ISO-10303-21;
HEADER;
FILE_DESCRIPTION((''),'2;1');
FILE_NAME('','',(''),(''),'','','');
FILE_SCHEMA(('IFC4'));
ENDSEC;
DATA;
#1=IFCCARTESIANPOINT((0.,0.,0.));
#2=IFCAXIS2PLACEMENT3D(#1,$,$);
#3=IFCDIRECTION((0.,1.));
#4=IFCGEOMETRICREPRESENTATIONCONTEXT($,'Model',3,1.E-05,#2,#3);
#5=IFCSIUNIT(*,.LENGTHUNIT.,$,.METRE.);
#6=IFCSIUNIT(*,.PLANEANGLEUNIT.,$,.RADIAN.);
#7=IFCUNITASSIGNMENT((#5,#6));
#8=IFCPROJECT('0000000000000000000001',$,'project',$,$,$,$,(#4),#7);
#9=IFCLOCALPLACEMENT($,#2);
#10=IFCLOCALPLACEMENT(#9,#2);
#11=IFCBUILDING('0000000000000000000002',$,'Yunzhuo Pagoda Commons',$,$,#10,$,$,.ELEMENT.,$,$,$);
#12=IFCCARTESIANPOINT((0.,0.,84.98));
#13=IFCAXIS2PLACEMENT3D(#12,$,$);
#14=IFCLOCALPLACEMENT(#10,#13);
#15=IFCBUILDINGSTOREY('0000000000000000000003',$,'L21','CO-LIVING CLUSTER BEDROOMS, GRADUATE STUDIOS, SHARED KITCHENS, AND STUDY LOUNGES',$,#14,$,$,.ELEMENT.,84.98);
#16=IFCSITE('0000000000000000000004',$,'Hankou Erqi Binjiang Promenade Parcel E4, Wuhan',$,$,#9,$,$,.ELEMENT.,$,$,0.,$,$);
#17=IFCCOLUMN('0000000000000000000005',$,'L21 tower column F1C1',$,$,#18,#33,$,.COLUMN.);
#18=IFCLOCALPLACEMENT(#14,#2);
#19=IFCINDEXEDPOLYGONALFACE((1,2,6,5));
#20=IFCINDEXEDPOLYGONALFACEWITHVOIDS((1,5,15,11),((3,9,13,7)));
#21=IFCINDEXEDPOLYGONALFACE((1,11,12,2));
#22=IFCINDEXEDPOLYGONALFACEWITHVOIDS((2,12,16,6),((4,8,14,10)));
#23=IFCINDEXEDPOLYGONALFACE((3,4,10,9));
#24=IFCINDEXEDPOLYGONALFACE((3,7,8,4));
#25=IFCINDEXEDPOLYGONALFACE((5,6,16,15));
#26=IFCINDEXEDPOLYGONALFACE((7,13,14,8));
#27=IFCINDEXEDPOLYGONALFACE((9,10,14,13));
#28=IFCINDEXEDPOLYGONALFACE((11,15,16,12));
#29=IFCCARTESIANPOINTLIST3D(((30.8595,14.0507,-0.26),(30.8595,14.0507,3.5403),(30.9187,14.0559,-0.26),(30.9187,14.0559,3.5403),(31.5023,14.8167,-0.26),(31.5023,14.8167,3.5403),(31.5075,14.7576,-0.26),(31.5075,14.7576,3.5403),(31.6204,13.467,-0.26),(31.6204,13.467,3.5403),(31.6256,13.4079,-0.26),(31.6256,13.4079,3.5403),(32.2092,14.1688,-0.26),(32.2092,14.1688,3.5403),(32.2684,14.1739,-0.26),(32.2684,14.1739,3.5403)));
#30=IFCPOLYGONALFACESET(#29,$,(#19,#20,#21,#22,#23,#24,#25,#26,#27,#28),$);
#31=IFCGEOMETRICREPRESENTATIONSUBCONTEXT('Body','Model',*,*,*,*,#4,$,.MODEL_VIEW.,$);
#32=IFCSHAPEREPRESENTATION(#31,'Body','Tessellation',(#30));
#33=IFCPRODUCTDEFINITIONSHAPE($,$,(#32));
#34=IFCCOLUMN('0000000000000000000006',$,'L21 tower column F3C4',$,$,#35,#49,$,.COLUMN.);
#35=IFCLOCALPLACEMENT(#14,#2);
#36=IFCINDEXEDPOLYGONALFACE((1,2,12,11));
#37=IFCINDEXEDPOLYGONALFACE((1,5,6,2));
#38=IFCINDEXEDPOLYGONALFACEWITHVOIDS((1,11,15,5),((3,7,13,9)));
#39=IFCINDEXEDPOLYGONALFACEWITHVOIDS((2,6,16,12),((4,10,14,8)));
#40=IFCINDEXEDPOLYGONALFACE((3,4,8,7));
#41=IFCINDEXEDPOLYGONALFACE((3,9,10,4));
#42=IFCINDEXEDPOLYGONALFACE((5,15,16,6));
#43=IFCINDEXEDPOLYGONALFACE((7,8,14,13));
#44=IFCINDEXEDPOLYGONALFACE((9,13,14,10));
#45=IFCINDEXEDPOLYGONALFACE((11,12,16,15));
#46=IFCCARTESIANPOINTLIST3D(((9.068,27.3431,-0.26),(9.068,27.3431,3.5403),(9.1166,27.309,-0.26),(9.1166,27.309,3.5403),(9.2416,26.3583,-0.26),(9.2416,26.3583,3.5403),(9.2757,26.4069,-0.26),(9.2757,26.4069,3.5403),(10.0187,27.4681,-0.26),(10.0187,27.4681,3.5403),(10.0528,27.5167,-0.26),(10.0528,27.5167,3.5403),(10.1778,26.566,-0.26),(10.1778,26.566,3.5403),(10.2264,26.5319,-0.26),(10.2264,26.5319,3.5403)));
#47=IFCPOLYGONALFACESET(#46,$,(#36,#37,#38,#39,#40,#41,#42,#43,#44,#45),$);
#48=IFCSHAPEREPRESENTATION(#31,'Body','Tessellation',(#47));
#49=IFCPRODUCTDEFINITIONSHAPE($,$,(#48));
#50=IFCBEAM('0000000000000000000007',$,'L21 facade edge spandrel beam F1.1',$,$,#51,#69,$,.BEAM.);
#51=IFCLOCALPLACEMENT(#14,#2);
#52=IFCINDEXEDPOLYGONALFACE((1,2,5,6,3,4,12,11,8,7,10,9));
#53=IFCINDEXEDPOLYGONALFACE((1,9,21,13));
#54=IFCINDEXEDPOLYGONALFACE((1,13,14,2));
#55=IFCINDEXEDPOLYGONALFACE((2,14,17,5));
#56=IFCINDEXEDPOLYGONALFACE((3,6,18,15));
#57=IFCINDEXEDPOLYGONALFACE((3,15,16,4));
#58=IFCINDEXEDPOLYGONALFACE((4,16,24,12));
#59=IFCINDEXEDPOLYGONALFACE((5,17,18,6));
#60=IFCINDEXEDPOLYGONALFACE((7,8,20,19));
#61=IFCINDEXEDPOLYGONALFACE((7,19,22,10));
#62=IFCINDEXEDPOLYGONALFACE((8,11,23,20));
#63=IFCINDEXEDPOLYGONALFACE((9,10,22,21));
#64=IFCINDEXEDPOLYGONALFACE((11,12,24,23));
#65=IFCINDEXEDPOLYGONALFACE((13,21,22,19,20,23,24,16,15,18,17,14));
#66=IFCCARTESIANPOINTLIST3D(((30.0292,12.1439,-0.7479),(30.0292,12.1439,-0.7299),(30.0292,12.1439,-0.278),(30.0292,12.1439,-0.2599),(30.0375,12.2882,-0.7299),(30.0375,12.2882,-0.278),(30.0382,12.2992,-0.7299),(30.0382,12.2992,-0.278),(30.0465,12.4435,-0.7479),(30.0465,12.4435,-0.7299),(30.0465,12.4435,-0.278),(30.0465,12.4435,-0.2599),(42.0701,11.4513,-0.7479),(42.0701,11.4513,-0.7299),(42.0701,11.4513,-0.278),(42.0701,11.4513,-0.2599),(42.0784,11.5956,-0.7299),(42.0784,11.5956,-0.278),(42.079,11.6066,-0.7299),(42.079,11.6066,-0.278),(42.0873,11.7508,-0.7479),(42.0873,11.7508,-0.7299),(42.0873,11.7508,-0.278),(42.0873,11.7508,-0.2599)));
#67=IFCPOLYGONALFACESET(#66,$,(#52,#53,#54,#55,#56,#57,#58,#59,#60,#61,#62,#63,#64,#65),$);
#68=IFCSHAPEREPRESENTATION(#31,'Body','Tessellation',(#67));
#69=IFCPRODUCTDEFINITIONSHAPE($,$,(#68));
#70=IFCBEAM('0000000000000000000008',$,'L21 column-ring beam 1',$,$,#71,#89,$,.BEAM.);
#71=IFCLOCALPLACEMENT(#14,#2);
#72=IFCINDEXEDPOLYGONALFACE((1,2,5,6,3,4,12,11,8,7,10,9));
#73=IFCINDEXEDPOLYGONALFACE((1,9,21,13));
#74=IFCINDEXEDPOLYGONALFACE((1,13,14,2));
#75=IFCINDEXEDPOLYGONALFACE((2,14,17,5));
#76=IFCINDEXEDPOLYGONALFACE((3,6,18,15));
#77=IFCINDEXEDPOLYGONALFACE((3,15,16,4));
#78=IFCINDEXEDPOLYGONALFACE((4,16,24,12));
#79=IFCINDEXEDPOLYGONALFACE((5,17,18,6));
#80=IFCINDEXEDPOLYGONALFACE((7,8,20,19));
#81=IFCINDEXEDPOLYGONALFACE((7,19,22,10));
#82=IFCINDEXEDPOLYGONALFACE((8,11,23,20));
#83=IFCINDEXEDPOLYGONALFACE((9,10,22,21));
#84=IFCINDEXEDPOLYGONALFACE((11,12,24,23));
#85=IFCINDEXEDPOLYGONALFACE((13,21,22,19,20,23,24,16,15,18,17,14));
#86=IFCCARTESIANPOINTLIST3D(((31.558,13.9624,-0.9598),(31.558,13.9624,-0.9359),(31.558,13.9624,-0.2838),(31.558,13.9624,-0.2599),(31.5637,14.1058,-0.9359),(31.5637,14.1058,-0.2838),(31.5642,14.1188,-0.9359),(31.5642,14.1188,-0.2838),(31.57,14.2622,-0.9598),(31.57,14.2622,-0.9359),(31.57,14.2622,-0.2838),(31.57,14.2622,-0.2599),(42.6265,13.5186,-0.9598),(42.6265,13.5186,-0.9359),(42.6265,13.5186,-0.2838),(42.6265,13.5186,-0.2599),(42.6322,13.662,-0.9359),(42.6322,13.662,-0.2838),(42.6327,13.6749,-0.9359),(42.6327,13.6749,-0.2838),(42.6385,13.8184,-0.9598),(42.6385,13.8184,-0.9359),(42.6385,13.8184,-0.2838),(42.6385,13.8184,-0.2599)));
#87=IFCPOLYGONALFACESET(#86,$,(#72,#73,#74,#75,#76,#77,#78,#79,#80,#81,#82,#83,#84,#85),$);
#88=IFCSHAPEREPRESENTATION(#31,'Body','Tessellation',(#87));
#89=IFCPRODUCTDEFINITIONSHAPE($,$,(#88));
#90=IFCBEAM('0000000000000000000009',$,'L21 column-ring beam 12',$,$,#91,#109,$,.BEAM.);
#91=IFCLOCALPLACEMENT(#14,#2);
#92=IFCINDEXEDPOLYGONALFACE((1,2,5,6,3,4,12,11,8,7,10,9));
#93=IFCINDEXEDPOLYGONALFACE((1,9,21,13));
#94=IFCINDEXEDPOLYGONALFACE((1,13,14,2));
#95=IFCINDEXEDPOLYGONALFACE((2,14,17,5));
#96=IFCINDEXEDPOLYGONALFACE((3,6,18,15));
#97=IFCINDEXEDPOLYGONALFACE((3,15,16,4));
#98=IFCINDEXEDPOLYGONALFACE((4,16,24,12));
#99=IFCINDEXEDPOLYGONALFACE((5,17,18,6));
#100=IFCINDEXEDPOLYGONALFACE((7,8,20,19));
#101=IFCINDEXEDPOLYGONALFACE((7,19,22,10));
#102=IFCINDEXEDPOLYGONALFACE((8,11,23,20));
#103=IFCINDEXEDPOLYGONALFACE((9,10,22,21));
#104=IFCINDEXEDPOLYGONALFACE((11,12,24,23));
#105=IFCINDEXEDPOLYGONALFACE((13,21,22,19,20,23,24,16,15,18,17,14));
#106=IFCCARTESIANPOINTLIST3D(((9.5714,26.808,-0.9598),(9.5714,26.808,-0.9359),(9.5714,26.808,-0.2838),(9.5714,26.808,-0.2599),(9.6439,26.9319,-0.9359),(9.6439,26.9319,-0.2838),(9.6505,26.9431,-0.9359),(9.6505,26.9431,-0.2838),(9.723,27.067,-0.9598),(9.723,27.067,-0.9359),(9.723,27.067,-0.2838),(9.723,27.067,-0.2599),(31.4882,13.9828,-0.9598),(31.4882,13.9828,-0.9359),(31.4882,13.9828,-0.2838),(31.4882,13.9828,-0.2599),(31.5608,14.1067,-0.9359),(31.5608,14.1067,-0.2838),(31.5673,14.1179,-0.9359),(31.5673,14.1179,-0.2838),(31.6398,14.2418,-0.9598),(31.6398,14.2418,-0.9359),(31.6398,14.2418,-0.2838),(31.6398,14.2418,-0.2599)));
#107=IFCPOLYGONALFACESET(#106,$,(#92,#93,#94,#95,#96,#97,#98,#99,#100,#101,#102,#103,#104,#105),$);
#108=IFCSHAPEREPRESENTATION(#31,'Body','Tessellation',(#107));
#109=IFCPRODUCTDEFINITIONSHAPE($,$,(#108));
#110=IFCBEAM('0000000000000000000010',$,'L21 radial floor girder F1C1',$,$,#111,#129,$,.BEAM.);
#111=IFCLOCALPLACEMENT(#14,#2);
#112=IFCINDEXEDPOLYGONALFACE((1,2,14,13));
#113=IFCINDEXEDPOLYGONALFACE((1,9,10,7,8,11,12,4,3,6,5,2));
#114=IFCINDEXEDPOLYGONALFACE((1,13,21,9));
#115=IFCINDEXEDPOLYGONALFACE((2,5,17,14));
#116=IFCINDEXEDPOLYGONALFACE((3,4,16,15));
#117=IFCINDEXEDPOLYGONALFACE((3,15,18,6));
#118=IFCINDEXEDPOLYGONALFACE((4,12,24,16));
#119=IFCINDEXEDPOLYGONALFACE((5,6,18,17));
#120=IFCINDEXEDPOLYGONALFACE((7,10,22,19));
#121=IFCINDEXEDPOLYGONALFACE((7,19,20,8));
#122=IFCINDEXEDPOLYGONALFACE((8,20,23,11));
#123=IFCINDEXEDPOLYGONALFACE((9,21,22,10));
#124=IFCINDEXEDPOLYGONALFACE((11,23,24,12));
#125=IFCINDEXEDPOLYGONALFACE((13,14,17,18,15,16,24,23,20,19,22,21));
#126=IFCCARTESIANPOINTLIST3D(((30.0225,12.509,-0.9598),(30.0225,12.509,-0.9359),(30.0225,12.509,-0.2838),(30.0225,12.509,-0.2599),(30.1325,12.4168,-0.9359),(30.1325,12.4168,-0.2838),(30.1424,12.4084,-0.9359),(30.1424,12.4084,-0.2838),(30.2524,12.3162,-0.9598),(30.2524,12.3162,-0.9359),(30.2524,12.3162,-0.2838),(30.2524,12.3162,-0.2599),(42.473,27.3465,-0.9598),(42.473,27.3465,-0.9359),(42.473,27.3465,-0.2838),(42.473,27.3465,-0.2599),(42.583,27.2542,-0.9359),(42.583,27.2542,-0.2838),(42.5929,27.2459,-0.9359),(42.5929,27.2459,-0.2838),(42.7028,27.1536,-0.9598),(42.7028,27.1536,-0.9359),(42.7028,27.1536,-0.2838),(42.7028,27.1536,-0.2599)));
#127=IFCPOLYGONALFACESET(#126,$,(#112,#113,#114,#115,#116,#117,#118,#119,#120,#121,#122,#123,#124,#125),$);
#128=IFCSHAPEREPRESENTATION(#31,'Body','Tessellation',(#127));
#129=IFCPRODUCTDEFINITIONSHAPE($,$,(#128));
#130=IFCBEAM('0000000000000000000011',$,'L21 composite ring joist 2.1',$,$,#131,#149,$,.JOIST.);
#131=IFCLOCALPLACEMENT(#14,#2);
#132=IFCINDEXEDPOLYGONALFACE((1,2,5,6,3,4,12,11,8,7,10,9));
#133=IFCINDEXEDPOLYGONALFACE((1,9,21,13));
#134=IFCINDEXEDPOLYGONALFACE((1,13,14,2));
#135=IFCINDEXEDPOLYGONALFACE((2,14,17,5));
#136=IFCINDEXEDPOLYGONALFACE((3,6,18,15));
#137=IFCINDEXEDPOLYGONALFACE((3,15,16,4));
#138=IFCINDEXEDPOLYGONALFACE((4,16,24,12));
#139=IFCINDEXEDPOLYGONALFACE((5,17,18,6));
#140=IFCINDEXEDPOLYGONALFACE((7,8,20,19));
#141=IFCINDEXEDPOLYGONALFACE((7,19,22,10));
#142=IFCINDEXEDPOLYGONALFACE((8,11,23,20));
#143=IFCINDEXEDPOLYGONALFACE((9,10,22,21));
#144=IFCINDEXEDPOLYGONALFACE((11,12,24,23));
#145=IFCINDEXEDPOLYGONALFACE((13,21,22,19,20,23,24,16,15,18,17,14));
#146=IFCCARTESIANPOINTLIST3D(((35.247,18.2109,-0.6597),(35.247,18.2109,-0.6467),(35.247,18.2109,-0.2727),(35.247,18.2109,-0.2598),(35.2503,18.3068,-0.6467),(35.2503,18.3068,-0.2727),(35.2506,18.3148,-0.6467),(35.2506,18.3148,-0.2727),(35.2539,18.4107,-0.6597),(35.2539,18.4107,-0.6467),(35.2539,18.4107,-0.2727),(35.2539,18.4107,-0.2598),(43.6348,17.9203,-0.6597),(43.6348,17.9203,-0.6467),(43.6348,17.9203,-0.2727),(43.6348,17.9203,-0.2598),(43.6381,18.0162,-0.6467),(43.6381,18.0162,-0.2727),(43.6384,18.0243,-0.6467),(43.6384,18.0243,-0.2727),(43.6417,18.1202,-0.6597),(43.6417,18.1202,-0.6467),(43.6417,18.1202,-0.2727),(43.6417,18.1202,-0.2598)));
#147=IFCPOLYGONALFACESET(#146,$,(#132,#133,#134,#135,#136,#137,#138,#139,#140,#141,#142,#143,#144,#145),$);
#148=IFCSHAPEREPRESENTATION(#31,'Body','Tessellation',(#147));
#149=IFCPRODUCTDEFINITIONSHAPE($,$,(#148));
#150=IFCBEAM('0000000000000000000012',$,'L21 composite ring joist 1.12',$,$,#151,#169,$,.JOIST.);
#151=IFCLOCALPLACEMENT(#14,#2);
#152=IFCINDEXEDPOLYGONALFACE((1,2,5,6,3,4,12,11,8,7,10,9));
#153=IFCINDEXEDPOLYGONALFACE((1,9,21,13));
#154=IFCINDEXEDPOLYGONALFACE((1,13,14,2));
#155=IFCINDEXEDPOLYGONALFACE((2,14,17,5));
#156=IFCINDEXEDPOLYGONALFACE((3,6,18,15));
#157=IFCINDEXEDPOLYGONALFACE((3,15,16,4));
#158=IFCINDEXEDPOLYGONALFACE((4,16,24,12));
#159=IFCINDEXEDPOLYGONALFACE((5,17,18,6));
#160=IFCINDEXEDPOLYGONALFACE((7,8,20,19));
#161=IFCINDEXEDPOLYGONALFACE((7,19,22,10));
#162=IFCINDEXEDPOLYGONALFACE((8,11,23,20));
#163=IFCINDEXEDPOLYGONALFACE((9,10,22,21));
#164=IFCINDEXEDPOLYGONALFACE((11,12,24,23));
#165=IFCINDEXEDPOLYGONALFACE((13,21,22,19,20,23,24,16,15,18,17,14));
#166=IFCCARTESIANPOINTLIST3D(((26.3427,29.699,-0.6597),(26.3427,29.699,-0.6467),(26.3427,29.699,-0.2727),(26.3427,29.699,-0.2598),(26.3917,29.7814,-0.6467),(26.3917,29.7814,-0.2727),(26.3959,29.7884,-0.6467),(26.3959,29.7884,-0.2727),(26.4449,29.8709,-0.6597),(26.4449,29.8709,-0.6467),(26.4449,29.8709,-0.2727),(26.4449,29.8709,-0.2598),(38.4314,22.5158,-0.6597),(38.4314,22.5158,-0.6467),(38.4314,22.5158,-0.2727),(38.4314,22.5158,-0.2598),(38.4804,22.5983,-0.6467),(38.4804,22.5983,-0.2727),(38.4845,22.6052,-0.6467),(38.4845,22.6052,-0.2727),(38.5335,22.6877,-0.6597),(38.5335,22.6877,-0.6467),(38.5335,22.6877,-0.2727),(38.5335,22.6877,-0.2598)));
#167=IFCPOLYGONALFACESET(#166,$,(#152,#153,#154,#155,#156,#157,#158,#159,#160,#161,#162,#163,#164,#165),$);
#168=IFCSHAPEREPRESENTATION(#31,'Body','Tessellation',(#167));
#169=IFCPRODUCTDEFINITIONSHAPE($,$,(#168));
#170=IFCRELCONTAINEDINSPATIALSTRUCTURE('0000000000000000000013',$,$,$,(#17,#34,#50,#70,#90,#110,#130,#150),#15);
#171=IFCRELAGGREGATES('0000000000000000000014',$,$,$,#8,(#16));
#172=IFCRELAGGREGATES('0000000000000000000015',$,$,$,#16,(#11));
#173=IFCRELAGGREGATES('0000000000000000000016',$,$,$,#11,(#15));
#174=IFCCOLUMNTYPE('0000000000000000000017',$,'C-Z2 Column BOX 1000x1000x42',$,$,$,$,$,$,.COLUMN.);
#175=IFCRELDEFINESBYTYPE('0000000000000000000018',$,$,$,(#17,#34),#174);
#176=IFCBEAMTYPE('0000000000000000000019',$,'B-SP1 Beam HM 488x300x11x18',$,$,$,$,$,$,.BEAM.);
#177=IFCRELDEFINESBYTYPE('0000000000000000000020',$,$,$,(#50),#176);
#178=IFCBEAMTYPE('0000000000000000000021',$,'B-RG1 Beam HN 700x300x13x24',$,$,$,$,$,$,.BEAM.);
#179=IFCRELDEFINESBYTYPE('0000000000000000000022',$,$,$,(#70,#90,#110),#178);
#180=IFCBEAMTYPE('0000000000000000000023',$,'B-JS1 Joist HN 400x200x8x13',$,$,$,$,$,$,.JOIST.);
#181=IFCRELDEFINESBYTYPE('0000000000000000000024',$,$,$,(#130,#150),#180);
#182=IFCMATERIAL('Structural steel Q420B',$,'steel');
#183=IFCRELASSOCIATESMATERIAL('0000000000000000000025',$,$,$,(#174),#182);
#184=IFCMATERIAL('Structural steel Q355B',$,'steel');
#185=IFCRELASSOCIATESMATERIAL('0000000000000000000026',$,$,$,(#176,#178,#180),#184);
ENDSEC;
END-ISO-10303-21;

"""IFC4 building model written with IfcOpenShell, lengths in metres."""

from ifc_helpers import new_model, si_unit, direction, frame, origin, origin_2d, place, context, subcontext, project, spatial, hollow_rectangle, i_section, extrude, source, transform, mapped, material, material_profile, profile_set, type_object, element, save


model = new_model("IFC4")

# Units and contexts
model_context = context("Model", 3, precision=1e-05, world=origin(), true_north=direction((0.0, 1.0)))
body_context = subcontext(model_context, "Body", "Model", "MODEL_VIEW")
ifc_project = project(units=[si_unit("LENGTHUNIT", "METRE"), si_unit("PLANEANGLEUNIT", "RADIAN")], contexts=[model_context])

# Site, building, storey
site_placement = place(None, origin())
site = spatial("IfcSite", under=ifc_project, at=site_placement, Name="Hankou Erqi Binjiang Promenade Parcel E4, Wuhan", CompositionType="ELEMENT", RefElevation=0.0)
building_placement = place(site_placement, origin())
building = spatial("IfcBuilding", under=site, at=building_placement, Name="Yunzhuo Pagoda Commons", CompositionType="ELEMENT")
storey_placement = place(building_placement, frame((0.0, 0.0, 84.98)))
storey = spatial("IfcBuildingStorey", under=building, at=storey_placement, Name="L21", Description="CO-LIVING CLUSTER BEDROOMS, GRADUATE STUDIOS, SHARED KITCHENS, AND STUDY LOUNGES", CompositionType="ELEMENT", Elevation=84.98)

# Columns
ifc_material_1 = material(Name="Structural steel Q420B", Category="steel")
ifc_material_profile_1 = material_profile(ifc_material_1, hollow_rectangle(XDim=1.0, YDim=1.0, WallThickness=0.042, at=origin_2d()), Name="Structural steel Q420B")
ifc_profile_set_1 = profile_set([ifc_material_profile_1], Name="Structural steel Q420B")
column_type = type_object("IfcColumnType", Name="C-Z2 Column BOX 1000x1000x42", PredefinedType="COLUMN", material=ifc_profile_set_1)
shared_shape_1 = source(origin(), body_context, "Body", "SweptSolid", [
    extrude(hollow_rectangle(XDim=1.0, YDim=1.0, WallThickness=0.042, at=origin_2d()), origin(), (0.0, 0.0, 1.0), 3.8003),
])
for number, where, z_axis, x_axis, name in (
    (1, (31.564, 14.1123, -0.26), (0.0, 0.0, 1.0), (0.766044, -0.642788, 0.0), "L21 tower column F1C1"),
    (2, (9.6472, 26.9375, -0.26), (0.0, 0.0, 1.0), (0.173648, -0.984808, 0.0), "L21 tower column F3C4"),
):
    element("IfcColumn", number, at=place(storey_placement, frame(where, z_axis=z_axis, x_axis=x_axis)), inside=storey, type_object=column_type, Name=name, PredefinedType="COLUMN", context=body_context, shape_type="MappedRepresentation", body=[
        mapped(shared_shape_1, transform((0.0, 0.0, 0.0), scale=1.0)),
    ])

# Beams
ifc_material_2 = material(Name="Structural steel Q355B", Category="steel")
ifc_material_profile_2 = material_profile(ifc_material_2, i_section(OverallWidth=0.3, OverallDepth=0.488, WebThickness=0.011, FlangeThickness=0.0181, at=origin_2d()), Name="Structural steel Q355B")
ifc_profile_set_2 = profile_set([ifc_material_profile_2], Name="Structural steel Q355B")
beam_type_1 = type_object("IfcBeamType", Name="B-SP1 Beam HM 488x300x11x18", PredefinedType="BEAM", material=ifc_profile_set_2)
shared_shape_2 = source(origin(), body_context, "Body", "SweptSolid", [
    extrude(i_section(OverallWidth=0.3, OverallDepth=0.488, WebThickness=0.011, FlangeThickness=0.0181, at=origin_2d()), origin(), (0.0, 0.0, 1.0), 12.0608),
])
beam_1_placement = place(storey_placement, frame((30.0378, 12.2937, -0.5039), z_axis=(0.99835, -0.057429, 0.0), x_axis=(0.057429, 0.99835, 0.0)))
element("IfcBeam", 3, at=beam_1_placement, inside=storey, type_object=beam_type_1, Name="L21 facade edge spandrel beam F1.1", PredefinedType="BEAM", context=body_context, shape_type="MappedRepresentation", body=[
    mapped(shared_shape_2, transform((0.0, 0.0, 0.0), scale=1.0)),
])
ifc_material_profile_3 = material_profile(ifc_material_2, i_section(OverallWidth=0.3, OverallDepth=0.7, WebThickness=0.0129, FlangeThickness=0.0239, at=origin_2d()), Name="Structural steel Q355B")
ifc_profile_set_3 = profile_set([ifc_material_profile_3], Name="Structural steel Q355B")
beam_type_2 = type_object("IfcBeamType", Name="B-RG1 Beam HN 700x300x13x24", PredefinedType="BEAM", material=ifc_profile_set_3)
shared_shape_3 = source(origin(), body_context, "Body", "SweptSolid", [
    extrude(i_section(OverallWidth=0.3, OverallDepth=0.7, WebThickness=0.0129, FlangeThickness=0.0239, at=origin_2d()), origin(), (0.0, 0.0, 1.0), 11.0774),
])
beam_2_placement = place(storey_placement, frame((31.564, 14.1123, -0.6099), z_axis=(0.999197, -0.040067, 0.0), x_axis=(0.040067, 0.999197, 0.0)))
element("IfcBeam", 4, at=beam_2_placement, inside=storey, type_object=beam_type_2, Name="L21 column-ring beam 1", PredefinedType="BEAM", context=body_context, shape_type="MappedRepresentation", body=[
    mapped(shared_shape_3, transform((0.0, 0.0, 0.0), scale=1.0)),
])
shared_shape_4 = source(origin(), body_context, "Body", "SweptSolid", [
    extrude(i_section(OverallWidth=0.3, OverallDepth=0.7, WebThickness=0.0129, FlangeThickness=0.0239, at=origin_2d()), origin(), (0.0, 0.0, 1.0), 25.3936),
])
beam_3_placement = place(storey_placement, frame((9.6472, 26.9375, -0.6099), z_axis=(0.863085, -0.505058, 0.0), x_axis=(0.505058, 0.863085, 0.0)))
element("IfcBeam", 5, at=beam_3_placement, inside=storey, type_object=beam_type_2, Name="L21 column-ring beam 12", PredefinedType="BEAM", context=body_context, shape_type="MappedRepresentation", body=[
    mapped(shared_shape_4, transform((0.0, 0.0, 0.0), scale=1.0)),
])
shared_shape_5 = source(origin(), body_context, "Body", "SweptSolid", [
    extrude(i_section(OverallWidth=0.3, OverallDepth=0.7, WebThickness=0.0129, FlangeThickness=0.0239, at=origin_2d()), origin(), (0.0, 0.0, 1.0), 19.3691),
])
beam_4_placement = place(storey_placement, frame((30.1375, 12.4126, -0.6099), z_axis=(0.642799, 0.766035, 0.0), x_axis=(-0.766035, 0.642799, 0.0)))
element("IfcBeam", 6, at=beam_4_placement, inside=storey, type_object=beam_type_2, Name="L21 radial floor girder F1C1", PredefinedType="BEAM", context=body_context, shape_type="MappedRepresentation", body=[
    mapped(shared_shape_5, transform((0.0, 0.0, 0.0), scale=1.0)),
])
ifc_material_profile_4 = material_profile(ifc_material_2, i_section(OverallWidth=0.2, OverallDepth=0.3999, WebThickness=0.0081, FlangeThickness=0.0129, at=origin_2d()), Name="Structural steel Q355B")
ifc_profile_set_4 = profile_set([ifc_material_profile_4], Name="Structural steel Q355B")
beam_type_3 = type_object("IfcBeamType", Name="B-JS1 Joist HN 400x200x8x13", PredefinedType="JOIST", material=ifc_profile_set_4)
shared_shape_6 = source(origin(), body_context, "Body", "SweptSolid", [
    extrude(i_section(OverallWidth=0.2, OverallDepth=0.3999, WebThickness=0.0081, FlangeThickness=0.0129, at=origin_2d()), origin(), (0.0, 0.0, 1.0), 8.3928),
])
beam_5_placement = place(storey_placement, frame((35.2505, 18.3108, -0.4597), z_axis=(0.999401, -0.034617, 0.0), x_axis=(0.034617, 0.999401, 0.0)))
element("IfcBeam", 7, at=beam_5_placement, inside=storey, type_object=beam_type_3, Name="L21 composite ring joist 2.1", PredefinedType="JOIST", context=body_context, shape_type="MappedRepresentation", body=[
    mapped(shared_shape_6, transform((0.0, 0.0, 0.0), scale=1.0)),
])
shared_shape_7 = source(origin(), body_context, "Body", "SweptSolid", [
    extrude(i_section(OverallWidth=0.2, OverallDepth=0.3999, WebThickness=0.0081, FlangeThickness=0.0129, at=origin_2d()), origin(), (0.0, 0.0, 1.0), 14.0618),
])
beam_6_placement = place(storey_placement, frame((26.3938, 29.7849, -0.4597), z_axis=(0.859683, -0.510827, 0.0), x_axis=(0.510827, 0.859683, 0.0)))
element("IfcBeam", 8, at=beam_6_placement, inside=storey, type_object=beam_type_3, Name="L21 composite ring joist 1.12", PredefinedType="JOIST", context=body_context, shape_type="MappedRepresentation", body=[
    mapped(shared_shape_7, transform((0.0, 0.0, 0.0), scale=1.0)),
])

save(model, "model.ifc")
